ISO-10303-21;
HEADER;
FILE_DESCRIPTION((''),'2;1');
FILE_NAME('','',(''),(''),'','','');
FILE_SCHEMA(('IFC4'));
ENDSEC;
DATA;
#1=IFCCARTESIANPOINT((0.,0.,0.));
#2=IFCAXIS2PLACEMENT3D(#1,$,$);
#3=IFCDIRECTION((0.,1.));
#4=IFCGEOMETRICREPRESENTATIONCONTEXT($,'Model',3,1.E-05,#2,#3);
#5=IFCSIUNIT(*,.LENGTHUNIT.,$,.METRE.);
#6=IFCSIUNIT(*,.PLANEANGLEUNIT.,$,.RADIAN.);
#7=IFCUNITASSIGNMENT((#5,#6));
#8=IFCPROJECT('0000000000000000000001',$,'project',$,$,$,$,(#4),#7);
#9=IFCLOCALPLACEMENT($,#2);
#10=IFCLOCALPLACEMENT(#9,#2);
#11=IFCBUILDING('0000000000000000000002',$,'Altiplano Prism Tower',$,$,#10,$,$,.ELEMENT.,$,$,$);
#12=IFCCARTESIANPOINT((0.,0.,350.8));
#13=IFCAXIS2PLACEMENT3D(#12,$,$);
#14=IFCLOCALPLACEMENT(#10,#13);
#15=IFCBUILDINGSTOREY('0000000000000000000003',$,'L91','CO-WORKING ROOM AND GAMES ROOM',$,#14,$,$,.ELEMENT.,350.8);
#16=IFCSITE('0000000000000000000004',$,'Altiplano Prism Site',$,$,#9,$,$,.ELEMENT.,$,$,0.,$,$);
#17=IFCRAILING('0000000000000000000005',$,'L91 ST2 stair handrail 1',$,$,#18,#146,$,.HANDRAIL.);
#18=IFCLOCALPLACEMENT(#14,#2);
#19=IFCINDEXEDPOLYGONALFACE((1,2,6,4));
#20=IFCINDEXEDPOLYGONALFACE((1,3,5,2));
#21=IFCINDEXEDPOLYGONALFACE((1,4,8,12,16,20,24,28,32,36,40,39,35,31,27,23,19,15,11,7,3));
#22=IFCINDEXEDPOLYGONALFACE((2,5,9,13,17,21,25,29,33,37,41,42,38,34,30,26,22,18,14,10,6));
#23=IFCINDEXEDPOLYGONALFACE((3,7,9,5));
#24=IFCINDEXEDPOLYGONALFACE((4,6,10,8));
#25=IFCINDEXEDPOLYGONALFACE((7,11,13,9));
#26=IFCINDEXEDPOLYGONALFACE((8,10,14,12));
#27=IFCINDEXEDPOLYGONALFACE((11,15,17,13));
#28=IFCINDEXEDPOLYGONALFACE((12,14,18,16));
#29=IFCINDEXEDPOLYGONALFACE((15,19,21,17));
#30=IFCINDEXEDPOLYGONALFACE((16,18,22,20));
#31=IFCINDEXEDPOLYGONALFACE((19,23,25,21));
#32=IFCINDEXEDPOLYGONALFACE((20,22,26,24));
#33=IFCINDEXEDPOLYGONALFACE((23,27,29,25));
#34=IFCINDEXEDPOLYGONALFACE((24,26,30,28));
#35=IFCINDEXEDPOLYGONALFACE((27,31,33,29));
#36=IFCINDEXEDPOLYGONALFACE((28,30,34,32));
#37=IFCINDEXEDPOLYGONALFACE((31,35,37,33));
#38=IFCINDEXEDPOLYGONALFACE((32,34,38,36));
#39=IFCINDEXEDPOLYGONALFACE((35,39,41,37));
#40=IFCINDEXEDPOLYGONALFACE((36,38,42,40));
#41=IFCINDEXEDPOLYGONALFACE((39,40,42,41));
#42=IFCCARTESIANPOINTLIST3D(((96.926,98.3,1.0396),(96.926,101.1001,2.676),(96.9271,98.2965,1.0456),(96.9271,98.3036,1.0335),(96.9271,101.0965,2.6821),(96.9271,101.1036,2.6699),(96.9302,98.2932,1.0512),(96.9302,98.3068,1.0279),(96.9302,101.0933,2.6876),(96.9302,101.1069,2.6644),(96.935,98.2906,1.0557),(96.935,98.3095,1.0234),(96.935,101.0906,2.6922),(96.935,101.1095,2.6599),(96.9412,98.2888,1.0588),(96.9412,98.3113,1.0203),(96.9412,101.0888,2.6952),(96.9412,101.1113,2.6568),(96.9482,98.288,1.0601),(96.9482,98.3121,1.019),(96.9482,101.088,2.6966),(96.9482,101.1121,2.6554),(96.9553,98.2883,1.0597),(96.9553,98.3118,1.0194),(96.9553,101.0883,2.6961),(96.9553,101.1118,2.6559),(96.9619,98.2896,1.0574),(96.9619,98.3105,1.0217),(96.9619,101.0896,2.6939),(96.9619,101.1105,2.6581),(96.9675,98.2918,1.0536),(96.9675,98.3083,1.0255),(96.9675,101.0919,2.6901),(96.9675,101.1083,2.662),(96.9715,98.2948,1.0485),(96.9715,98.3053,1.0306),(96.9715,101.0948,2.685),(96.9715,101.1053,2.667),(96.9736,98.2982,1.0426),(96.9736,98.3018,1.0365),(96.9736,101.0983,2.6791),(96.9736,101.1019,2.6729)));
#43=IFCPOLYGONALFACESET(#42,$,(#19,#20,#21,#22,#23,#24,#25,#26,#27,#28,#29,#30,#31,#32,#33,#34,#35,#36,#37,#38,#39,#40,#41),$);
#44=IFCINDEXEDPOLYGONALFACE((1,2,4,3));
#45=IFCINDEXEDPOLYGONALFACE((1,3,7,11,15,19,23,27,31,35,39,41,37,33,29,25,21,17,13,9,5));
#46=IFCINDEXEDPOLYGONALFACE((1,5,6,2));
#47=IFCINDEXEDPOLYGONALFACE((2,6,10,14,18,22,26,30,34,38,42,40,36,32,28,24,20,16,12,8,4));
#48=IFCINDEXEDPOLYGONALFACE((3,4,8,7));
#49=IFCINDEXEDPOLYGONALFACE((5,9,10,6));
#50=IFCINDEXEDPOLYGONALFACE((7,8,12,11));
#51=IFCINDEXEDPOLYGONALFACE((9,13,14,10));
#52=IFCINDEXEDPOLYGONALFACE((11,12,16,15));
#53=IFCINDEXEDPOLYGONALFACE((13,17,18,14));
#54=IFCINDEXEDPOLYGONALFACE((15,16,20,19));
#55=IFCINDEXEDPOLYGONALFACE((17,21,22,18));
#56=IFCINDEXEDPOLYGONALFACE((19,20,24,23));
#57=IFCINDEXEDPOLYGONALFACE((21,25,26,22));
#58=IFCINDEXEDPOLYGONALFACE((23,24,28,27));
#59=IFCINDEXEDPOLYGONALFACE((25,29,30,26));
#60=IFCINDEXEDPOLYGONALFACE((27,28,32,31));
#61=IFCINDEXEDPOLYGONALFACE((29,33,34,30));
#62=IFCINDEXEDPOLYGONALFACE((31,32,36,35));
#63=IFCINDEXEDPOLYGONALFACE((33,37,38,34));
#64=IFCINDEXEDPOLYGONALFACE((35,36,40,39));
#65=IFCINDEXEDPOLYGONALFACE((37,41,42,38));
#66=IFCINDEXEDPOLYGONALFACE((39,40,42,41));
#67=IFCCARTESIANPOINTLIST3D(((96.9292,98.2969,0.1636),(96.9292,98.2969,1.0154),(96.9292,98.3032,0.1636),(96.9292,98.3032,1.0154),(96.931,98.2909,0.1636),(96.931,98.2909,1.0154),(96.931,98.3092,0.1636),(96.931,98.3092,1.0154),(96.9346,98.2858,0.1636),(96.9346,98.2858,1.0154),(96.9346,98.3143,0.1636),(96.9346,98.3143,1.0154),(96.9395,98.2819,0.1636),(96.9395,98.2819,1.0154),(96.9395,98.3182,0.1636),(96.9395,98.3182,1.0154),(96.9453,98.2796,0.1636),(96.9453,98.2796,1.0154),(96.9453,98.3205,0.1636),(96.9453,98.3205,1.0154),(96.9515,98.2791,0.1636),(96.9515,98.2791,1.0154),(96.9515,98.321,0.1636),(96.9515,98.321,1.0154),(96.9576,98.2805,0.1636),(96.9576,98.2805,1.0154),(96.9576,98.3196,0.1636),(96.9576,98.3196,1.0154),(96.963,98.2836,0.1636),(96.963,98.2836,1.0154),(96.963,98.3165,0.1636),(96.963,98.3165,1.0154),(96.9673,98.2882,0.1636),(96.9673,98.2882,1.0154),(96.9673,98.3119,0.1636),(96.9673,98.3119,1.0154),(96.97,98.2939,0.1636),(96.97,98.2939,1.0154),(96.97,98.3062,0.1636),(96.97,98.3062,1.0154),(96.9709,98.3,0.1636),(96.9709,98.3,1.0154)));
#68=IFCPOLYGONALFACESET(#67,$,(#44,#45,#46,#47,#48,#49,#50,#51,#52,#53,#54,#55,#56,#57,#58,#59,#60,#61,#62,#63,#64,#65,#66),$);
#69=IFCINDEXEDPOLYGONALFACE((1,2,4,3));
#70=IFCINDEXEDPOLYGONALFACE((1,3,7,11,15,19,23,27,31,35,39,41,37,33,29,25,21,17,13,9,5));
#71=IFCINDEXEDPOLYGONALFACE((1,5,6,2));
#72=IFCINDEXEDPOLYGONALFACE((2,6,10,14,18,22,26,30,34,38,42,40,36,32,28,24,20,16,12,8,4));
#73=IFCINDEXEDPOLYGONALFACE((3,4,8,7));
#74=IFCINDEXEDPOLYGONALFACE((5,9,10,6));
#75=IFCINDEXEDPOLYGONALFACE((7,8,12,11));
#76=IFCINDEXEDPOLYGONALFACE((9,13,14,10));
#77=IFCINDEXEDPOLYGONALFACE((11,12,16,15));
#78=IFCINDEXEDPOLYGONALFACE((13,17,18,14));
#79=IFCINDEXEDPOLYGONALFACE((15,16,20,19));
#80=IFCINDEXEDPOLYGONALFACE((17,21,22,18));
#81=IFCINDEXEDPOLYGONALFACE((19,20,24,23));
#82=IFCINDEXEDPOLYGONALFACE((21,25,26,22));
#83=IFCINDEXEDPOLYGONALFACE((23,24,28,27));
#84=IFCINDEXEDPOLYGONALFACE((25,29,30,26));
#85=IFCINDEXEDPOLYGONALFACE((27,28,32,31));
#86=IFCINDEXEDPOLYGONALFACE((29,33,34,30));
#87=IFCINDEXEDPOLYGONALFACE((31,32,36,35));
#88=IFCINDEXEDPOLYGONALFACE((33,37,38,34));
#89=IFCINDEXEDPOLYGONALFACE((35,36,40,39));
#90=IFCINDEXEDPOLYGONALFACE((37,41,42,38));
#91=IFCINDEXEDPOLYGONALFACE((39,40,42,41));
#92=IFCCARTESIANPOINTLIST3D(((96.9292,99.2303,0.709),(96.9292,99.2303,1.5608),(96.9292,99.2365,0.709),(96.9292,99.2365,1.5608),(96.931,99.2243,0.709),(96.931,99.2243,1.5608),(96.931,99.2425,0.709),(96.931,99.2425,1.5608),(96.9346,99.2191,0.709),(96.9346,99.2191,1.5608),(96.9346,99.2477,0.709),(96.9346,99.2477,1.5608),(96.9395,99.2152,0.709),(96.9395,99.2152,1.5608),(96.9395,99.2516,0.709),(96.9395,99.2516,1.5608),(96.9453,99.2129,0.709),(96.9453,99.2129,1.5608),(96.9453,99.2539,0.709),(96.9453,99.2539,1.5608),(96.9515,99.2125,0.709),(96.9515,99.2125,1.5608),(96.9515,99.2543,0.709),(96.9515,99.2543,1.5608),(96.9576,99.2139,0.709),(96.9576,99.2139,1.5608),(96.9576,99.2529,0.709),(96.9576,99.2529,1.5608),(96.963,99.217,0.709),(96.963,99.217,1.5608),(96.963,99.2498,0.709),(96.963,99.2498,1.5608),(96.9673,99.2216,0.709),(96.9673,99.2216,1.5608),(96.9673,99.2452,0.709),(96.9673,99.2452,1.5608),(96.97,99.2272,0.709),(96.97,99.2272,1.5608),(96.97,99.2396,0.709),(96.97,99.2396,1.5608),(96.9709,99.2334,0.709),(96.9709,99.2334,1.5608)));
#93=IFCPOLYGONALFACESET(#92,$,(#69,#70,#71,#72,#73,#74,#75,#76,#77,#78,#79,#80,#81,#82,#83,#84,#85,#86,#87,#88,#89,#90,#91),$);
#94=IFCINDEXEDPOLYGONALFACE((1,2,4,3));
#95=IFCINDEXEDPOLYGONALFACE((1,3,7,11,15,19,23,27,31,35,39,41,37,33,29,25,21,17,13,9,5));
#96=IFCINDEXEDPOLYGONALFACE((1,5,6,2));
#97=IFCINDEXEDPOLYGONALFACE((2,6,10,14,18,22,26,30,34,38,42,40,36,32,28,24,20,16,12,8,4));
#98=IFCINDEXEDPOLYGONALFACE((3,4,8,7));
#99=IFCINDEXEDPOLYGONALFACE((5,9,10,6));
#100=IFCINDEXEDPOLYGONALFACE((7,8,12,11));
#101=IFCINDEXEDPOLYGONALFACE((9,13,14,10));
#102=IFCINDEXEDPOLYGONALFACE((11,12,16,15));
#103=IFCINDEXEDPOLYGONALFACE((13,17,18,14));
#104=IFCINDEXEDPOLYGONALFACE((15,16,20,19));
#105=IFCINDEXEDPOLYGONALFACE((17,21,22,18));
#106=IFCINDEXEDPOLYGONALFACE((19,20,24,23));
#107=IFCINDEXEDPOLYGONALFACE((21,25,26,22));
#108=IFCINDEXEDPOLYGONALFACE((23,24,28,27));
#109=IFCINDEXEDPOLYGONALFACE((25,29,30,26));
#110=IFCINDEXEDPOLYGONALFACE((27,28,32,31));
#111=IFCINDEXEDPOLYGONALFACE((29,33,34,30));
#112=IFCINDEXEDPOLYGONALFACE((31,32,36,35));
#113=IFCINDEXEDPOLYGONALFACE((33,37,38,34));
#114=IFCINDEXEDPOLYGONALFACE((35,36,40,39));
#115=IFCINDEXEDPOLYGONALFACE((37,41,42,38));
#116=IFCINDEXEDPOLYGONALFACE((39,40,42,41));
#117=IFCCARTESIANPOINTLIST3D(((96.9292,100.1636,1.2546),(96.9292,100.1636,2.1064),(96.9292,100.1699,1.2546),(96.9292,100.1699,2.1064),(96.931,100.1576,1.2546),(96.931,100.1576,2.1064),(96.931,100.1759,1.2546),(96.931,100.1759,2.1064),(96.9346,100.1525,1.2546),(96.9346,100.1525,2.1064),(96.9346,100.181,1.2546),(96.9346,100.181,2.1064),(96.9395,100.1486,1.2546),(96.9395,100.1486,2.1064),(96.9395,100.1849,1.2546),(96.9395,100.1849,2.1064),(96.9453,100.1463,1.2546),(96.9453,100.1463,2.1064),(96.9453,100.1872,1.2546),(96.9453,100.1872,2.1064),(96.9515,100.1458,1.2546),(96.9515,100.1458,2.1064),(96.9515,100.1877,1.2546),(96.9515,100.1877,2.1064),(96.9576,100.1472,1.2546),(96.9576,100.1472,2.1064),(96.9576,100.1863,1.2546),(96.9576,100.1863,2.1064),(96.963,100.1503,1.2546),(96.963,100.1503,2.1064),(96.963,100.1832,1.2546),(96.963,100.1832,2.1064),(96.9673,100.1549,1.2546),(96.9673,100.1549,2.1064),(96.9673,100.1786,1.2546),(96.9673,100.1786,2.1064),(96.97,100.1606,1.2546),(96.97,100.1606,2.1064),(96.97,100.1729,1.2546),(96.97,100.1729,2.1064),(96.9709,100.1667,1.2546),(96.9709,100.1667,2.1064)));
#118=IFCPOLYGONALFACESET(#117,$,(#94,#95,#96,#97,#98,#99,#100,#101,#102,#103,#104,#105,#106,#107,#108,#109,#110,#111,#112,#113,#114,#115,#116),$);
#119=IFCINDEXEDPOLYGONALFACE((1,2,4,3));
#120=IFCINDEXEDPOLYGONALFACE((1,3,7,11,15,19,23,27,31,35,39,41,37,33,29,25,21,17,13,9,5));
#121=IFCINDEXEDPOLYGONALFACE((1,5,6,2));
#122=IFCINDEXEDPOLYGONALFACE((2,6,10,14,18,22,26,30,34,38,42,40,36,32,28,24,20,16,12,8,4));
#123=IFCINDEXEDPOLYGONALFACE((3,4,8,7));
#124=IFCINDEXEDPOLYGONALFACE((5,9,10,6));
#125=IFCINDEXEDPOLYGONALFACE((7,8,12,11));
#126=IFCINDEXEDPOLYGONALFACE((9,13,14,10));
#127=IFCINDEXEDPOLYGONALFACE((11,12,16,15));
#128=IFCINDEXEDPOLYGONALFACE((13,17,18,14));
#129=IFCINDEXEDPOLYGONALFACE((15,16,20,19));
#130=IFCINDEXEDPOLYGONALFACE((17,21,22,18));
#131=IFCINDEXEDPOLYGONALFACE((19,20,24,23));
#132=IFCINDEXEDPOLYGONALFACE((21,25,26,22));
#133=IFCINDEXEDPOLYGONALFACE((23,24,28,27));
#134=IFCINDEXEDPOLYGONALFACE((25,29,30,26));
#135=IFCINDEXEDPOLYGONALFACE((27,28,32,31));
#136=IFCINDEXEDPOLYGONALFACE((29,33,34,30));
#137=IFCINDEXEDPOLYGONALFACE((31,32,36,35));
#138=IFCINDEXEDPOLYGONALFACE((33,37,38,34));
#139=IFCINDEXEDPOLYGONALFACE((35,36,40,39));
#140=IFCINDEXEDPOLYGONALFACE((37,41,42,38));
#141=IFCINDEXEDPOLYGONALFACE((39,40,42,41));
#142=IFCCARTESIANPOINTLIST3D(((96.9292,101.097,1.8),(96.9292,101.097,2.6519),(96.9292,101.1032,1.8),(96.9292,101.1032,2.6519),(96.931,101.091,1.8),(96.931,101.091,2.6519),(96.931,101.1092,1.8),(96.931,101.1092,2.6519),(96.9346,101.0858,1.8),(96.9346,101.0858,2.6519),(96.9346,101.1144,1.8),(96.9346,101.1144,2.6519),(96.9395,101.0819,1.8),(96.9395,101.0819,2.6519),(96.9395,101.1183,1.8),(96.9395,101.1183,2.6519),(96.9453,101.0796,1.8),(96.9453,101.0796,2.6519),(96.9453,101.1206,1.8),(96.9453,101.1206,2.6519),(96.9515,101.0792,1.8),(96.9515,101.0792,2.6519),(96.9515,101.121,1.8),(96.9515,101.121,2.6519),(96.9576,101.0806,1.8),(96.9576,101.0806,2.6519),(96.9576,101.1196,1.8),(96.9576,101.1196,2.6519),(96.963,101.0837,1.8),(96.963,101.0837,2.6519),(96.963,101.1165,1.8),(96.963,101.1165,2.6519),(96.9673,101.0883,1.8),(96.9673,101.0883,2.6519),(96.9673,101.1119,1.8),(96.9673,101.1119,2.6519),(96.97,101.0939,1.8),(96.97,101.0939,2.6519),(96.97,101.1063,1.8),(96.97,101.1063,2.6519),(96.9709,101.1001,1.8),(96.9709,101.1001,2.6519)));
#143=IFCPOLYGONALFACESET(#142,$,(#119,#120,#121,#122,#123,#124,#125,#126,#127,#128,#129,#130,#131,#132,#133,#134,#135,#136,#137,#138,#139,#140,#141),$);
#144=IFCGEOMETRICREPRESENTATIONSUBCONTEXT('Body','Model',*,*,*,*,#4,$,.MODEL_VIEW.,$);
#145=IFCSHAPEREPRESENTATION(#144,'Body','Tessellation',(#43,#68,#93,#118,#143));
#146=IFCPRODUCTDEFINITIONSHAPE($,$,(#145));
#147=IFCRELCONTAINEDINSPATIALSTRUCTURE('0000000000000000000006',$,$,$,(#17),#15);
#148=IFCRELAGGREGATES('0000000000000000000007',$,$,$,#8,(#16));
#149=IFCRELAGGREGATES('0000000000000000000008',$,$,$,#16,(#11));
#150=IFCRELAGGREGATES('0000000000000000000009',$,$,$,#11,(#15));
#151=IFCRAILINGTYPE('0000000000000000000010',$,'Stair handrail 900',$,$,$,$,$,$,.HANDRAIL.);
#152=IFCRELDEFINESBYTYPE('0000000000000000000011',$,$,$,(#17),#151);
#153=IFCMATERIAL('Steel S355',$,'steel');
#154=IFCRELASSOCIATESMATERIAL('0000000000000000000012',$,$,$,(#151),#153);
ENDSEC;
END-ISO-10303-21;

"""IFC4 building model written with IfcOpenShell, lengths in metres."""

from ifc_helpers import new_model, si_unit, direction, frame, origin, origin_2d, place, context, subcontext, project, spatial, circle, extrude, material, type_object, element, save


model = new_model("IFC4")

# Units and contexts
model_context = context("Model", 3, precision=1e-05, world=origin(), true_north=direction((0.0, 1.0)))
body_context = subcontext(model_context, "Body", "Model", "MODEL_VIEW")
ifc_project = project(units=[si_unit("LENGTHUNIT", "METRE"), si_unit("PLANEANGLEUNIT", "RADIAN")], contexts=[model_context])

# Site, building, storey
site_placement = place(None, origin())
site = spatial("IfcSite", under=ifc_project, at=site_placement, Name="Altiplano Prism Site", CompositionType="ELEMENT", RefElevation=0.0)
building_placement = place(site_placement, origin())
building = spatial("IfcBuilding", under=site, at=building_placement, Name="Altiplano Prism Tower", CompositionType="ELEMENT")
storey_placement = place(building_placement, frame((0.0, 0.0, 350.8)))
storey = spatial("IfcBuildingStorey", under=building, at=storey_placement, Name="L91", Description="CO-WORKING ROOM AND GAMES ROOM", CompositionType="ELEMENT", Elevation=350.8)

# Railing
ifc_material_1 = material(Name="Steel S355", Category="steel")
railing_type = type_object("IfcRailingType", Name="Stair handrail 900", PredefinedType="HANDRAIL", material=ifc_material_1)
railing_placement = place(storey_placement, frame((96.95, 98.3, 0.1636)))
element("IfcRailing", 1, at=railing_placement, inside=storey, type_object=railing_type, Name="L91 ST2 stair handrail 1", PredefinedType="HANDRAIL", context=body_context, shape_type="SweptSolid", body=[
    extrude(circle(Radius=0.0239, at=origin_2d()), frame((0.0, 0.0, 0.876), z_axis=(0.0, 0.863361, 0.504587), x_axis=(-1.0, 0.0, 0.0)), (0.0, 0.0, 1.0), 3.2432),
    extrude(circle(Radius=0.021, at=origin_2d()), origin(), (0.0, 0.0, 1.0), 0.8518),
    extrude(circle(Radius=0.021, at=origin_2d()), frame((0.0, 0.9333, 0.5454)), (0.0, 0.0, 1.0), 0.8518),
    extrude(circle(Radius=0.021, at=origin_2d()), frame((0.0, 1.8667, 1.0911)), (0.0, 0.0, 1.0), 0.8518),
    extrude(circle(Radius=0.021, at=origin_2d()), frame((0.0, 2.8, 1.6365)), (0.0, 0.0, 1.0), 0.8518),
])

save(model, "model.ifc")
